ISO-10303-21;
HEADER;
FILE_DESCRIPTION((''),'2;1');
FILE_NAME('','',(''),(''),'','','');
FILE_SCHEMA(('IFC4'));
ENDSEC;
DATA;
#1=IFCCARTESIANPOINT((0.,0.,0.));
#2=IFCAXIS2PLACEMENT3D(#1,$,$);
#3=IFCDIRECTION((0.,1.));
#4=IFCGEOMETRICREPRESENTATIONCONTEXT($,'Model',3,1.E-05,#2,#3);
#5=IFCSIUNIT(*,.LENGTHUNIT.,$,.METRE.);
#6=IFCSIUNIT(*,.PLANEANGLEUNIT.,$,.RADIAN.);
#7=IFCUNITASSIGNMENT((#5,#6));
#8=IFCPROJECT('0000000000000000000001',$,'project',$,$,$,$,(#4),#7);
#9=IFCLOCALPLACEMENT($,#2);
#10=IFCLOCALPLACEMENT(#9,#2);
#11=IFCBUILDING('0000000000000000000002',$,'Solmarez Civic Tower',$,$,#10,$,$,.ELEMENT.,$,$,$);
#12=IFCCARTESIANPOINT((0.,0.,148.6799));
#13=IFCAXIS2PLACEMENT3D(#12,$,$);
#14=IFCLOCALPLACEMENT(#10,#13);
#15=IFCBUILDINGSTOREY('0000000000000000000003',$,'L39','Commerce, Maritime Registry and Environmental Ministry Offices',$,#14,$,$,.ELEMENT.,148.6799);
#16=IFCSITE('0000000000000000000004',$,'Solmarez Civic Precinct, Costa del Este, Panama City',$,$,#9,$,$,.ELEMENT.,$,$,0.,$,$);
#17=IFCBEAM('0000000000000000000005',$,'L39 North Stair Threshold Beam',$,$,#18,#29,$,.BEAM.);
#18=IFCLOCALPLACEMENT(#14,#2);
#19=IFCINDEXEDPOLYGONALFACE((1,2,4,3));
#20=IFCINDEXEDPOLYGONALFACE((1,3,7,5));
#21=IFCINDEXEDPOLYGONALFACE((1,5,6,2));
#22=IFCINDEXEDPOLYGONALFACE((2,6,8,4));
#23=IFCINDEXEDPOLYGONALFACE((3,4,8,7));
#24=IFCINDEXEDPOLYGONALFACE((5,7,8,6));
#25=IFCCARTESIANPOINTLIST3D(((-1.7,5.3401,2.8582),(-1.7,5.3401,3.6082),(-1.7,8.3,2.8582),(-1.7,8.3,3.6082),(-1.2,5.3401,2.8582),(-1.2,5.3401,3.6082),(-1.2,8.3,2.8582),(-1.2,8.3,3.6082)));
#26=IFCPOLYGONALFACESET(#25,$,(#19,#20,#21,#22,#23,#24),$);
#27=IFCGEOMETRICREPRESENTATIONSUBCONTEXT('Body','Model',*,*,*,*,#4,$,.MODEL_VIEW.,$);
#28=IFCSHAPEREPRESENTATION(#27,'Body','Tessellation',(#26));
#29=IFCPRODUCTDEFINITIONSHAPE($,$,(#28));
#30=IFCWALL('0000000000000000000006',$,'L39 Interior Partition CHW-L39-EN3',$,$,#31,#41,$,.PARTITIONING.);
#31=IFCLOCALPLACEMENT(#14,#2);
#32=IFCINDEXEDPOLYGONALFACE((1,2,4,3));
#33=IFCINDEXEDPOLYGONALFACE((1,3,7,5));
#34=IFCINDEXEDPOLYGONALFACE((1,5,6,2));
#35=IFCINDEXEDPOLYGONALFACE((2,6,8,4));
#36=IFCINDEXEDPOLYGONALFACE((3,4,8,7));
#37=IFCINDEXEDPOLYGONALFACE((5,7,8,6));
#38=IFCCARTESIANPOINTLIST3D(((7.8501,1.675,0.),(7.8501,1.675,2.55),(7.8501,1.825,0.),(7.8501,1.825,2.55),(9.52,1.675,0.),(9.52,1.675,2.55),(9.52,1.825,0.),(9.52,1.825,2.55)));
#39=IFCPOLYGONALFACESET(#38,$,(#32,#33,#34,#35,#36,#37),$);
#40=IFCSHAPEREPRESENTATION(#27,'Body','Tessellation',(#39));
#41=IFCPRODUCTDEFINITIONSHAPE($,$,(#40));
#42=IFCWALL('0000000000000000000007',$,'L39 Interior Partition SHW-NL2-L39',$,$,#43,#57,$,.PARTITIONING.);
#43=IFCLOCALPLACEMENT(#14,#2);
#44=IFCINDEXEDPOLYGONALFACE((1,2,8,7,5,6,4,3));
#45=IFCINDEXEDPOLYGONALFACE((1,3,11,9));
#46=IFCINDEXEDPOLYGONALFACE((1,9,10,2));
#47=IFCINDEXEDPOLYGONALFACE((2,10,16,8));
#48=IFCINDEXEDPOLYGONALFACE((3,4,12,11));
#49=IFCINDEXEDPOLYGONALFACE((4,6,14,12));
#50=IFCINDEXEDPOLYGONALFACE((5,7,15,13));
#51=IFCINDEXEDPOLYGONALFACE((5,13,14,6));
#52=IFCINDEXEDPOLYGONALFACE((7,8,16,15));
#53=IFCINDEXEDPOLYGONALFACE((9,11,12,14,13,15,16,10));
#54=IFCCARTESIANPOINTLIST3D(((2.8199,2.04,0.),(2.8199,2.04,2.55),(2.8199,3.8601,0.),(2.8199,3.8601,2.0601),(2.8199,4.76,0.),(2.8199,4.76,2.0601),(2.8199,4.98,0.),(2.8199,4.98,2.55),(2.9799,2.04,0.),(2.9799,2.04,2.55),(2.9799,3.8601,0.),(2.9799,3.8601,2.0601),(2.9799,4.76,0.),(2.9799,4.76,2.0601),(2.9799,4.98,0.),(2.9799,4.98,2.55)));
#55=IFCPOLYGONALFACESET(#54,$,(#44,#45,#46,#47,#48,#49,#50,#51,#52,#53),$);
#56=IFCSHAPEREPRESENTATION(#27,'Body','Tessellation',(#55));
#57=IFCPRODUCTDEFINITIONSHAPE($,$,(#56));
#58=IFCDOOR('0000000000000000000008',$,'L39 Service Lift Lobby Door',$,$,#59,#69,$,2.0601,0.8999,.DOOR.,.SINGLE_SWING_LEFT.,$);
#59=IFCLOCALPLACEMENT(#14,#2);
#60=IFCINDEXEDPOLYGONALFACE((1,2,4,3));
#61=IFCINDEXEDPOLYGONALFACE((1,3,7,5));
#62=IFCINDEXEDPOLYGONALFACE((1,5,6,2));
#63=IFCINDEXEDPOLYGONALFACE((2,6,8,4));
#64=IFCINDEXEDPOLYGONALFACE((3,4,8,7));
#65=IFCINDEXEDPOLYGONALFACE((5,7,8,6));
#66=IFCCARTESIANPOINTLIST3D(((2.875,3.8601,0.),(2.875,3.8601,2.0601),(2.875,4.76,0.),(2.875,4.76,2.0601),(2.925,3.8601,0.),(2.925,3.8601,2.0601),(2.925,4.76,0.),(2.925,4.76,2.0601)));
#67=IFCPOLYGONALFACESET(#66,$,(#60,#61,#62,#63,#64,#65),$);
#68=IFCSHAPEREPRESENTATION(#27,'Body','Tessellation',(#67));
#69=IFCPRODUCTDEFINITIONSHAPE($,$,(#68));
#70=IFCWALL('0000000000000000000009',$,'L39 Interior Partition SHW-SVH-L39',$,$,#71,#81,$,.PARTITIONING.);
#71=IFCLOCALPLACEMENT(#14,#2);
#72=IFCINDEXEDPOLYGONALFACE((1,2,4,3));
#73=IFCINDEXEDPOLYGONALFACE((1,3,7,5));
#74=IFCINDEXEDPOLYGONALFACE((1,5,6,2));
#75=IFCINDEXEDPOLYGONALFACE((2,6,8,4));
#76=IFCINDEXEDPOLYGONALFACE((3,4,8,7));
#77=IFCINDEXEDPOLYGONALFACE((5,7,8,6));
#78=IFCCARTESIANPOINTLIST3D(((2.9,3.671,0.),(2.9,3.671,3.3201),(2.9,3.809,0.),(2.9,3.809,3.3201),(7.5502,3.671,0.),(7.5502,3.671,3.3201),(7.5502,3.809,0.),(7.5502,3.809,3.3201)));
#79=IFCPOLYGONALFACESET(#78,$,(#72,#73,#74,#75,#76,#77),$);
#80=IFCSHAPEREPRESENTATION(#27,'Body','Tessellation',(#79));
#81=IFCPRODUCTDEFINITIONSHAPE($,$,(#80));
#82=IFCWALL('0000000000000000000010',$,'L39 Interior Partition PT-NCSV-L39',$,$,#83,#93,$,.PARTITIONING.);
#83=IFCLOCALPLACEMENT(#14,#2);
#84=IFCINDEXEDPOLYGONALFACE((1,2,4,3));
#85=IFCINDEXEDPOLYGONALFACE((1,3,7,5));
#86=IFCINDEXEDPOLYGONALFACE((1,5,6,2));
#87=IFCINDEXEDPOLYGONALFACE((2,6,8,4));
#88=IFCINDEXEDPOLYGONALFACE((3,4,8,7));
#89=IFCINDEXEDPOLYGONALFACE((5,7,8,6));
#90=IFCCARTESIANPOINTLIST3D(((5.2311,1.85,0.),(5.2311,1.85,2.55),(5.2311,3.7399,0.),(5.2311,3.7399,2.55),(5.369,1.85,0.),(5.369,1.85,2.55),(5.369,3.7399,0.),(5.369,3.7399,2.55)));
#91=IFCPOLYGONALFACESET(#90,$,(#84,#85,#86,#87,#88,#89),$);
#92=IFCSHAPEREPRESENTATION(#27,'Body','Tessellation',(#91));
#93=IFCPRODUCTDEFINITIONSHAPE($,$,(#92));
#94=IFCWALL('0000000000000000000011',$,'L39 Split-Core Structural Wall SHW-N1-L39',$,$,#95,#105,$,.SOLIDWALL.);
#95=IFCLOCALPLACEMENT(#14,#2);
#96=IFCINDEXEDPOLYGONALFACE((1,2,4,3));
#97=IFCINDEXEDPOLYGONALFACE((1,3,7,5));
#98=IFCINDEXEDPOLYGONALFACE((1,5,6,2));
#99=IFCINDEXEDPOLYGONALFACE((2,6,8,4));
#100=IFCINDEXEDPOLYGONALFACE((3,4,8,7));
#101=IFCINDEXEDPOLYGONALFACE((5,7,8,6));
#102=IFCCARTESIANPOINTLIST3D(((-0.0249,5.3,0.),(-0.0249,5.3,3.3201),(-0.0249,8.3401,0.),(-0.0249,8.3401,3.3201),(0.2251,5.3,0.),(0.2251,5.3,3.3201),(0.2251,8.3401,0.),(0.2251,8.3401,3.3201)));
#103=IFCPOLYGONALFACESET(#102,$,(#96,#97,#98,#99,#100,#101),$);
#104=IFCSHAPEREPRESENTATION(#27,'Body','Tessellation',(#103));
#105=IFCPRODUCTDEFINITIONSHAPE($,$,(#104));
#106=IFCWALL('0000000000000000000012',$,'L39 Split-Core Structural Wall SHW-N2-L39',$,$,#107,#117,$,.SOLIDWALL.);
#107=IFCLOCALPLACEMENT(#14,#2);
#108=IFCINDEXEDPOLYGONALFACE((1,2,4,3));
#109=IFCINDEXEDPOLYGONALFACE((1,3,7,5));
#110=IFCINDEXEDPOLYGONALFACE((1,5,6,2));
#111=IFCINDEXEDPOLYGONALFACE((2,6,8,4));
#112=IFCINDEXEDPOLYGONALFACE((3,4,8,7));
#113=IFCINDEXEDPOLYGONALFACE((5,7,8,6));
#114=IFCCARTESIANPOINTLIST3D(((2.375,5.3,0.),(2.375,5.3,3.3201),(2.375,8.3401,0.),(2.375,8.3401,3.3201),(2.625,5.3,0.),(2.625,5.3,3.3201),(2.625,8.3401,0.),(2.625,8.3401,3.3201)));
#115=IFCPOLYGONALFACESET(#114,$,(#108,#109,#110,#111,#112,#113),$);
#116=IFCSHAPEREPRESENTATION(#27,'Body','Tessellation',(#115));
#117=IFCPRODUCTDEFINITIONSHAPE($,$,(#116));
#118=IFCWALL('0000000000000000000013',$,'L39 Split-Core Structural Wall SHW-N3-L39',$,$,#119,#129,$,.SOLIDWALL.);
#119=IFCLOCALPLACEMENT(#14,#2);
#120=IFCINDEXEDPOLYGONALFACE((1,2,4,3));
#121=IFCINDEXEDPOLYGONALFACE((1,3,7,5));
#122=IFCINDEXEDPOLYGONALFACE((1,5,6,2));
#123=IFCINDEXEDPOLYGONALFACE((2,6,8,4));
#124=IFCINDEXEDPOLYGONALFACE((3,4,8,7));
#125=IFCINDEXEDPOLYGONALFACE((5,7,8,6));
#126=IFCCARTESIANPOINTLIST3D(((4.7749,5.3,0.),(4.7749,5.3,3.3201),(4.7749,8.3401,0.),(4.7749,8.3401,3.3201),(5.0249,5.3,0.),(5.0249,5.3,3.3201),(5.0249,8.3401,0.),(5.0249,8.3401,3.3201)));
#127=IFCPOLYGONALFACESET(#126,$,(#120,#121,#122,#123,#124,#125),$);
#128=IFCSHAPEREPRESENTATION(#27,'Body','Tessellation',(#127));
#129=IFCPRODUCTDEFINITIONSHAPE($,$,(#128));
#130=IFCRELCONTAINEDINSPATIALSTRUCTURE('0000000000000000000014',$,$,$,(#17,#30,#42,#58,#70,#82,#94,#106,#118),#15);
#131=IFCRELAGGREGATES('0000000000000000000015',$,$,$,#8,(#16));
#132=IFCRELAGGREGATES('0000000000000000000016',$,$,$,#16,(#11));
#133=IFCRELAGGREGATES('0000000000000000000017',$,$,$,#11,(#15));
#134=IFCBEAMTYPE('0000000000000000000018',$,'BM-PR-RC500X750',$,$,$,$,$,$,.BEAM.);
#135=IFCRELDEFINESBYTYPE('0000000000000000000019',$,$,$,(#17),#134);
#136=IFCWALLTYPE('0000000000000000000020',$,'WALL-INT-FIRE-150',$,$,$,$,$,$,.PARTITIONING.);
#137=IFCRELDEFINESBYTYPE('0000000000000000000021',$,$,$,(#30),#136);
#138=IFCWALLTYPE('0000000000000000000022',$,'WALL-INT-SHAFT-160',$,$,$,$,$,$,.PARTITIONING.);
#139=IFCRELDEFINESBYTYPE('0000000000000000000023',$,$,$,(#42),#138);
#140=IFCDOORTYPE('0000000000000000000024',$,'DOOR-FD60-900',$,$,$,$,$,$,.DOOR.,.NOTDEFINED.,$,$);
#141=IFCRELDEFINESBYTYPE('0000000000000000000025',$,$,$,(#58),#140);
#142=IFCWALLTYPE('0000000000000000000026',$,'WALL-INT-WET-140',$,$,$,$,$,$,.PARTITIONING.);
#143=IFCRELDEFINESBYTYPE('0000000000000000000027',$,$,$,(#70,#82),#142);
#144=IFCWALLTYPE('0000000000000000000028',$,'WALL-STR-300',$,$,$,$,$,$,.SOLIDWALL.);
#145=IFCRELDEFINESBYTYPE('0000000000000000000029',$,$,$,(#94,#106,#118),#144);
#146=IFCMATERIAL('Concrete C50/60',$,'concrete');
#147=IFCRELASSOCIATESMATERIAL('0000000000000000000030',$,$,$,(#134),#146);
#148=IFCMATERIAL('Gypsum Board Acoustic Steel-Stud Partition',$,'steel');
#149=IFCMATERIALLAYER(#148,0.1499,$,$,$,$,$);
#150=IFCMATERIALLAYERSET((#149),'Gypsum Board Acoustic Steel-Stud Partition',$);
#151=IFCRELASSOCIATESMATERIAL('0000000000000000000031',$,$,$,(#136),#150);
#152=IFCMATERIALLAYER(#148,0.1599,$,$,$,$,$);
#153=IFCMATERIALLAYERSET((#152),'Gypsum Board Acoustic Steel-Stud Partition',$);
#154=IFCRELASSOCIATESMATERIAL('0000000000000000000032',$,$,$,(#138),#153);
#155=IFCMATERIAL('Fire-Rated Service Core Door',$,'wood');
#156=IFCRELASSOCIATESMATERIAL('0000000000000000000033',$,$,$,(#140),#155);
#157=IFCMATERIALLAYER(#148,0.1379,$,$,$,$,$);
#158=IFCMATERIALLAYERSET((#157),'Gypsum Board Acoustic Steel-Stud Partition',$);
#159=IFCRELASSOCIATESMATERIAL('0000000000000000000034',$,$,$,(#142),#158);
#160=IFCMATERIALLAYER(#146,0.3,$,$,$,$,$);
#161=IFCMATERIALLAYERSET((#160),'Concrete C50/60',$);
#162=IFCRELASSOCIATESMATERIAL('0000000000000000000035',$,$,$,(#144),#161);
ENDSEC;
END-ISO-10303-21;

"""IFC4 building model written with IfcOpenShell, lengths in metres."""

from ifc_helpers import new_model, si_unit, direction, frame, frame_2d, origin, origin_2d, place, context, subcontext, project, spatial, rectangle, extrude, material, layer, layer_set, material_profile, profile_set, type_object, element, fill, save


model = new_model("IFC4")

# Units and contexts
model_context = context("Model", 3, precision=1e-05, world=origin(), true_north=direction((0.0, 1.0)))
body_context = subcontext(model_context, "Body", "Model", "MODEL_VIEW")
ifc_project = project(units=[si_unit("LENGTHUNIT", "METRE"), si_unit("PLANEANGLEUNIT", "RADIAN")], contexts=[model_context])

# Site, building, storey
site_placement = place(None, origin())
site = spatial("IfcSite", under=ifc_project, at=site_placement, Name="Solmarez Civic Precinct, Costa del Este, Panama City", CompositionType="ELEMENT", RefElevation=0.0)
building_placement = place(site_placement, origin())
building = spatial("IfcBuilding", under=site, at=building_placement, Name="Solmarez Civic Tower", CompositionType="ELEMENT")
storey_placement = place(building_placement, frame((0.0, 0.0, 148.6799)))
storey = spatial("IfcBuildingStorey", under=building, at=storey_placement, Name="L39", Description="Commerce, Maritime Registry and Environmental Ministry Offices", CompositionType="ELEMENT", Elevation=148.6799)

# Beam
ifc_material_1 = material(Name="Concrete C50/60", Category="concrete")
ifc_material_profile = material_profile(ifc_material_1, rectangle(XDim=0.5, YDim=0.75, at=origin_2d()), Name="RC500X750")
ifc_profile_set = profile_set([ifc_material_profile], Name="Concrete C50/60")
beam_type = type_object("IfcBeamType", Name="BM-PR-RC500X750", PredefinedType="BEAM", material=ifc_profile_set)
beam_placement = place(storey_placement, frame((-1.45, 5.3401, 3.2332), z_axis=(0.0, 1.0, 0.0), x_axis=(-1.0, 0.0, 0.0)))
element("IfcBeam", 1, at=beam_placement, inside=storey, type_object=beam_type, Name="L39 North Stair Threshold Beam", PredefinedType="BEAM", context=body_context, shape_type="SweptSolid", body=[
    extrude(rectangle(XDim=0.5, YDim=0.75, at=origin_2d()), origin(), (0.0, 0.0, 1.0), 2.96),
])

# Wall
ifc_material_2 = material(Name="Gypsum Board Acoustic Steel-Stud Partition", Category="steel")
ifc_layer_1 = layer(ifc_material_2, 0.1499)
ifc_layer_set_1 = layer_set([ifc_layer_1], Name="Gypsum Board Acoustic Steel-Stud Partition")
wall_type_1 = type_object("IfcWallType", Name="WALL-INT-FIRE-150", PredefinedType="PARTITIONING", material=ifc_layer_set_1)
wall_1_placement = place(storey_placement, frame((7.8501, 1.75, 0.0), z_axis=(0.0, 0.0, 1.0), x_axis=(1.0, 0.0, 0.0)))
element("IfcWall", 2, at=wall_1_placement, inside=storey, type_object=wall_type_1, Name="L39 Interior Partition CHW-L39-EN3", PredefinedType="PARTITIONING", context=body_context, shape_type="SweptSolid", body=[
    extrude(rectangle(XDim=1.6699, YDim=0.1499, at=frame_2d((0.835, 0.0))), origin(), (0.0, 0.0, 1.0), 2.55),
])

# Wall, opening, door
ifc_layer_2 = layer(ifc_material_2, 0.1599)
ifc_layer_set_2 = layer_set([ifc_layer_2], Name="Gypsum Board Acoustic Steel-Stud Partition")
wall_type_2 = type_object("IfcWallType", Name="WALL-INT-SHAFT-160", PredefinedType="PARTITIONING", material=ifc_layer_set_2)
wall_2_placement = place(storey_placement, frame((2.8999, 2.04, 0.0), z_axis=(0.0, 0.0, 1.0), x_axis=(0.0, 1.0, 0.0)))
wall_2 = element("IfcWall", 3, at=wall_2_placement, inside=storey, type_object=wall_type_2, Name="L39 Interior Partition SHW-NL2-L39", PredefinedType="PARTITIONING", context=body_context, shape_type="SweptSolid", body=[
    extrude(rectangle(XDim=2.9399, YDim=0.1599, at=frame_2d((1.47, 0.0))), origin(), (0.0, 0.0, 1.0), 2.55),
])
opening_1_placement = place(wall_2_placement, frame((1.8201, 0.0, 0.0)))
opening_1 = element("IfcOpeningElement", 4, at=opening_1_placement, cuts=wall_2, PredefinedType="OPENING", context=body_context, shape_type="SweptSolid", body=[
    extrude(rectangle(XDim=0.8999, YDim=2.0601, at=frame_2d((0.45, 1.03))), frame((0.0, 0.0898, 0.0), z_axis=(0.0, -1.0, 0.0), x_axis=(1.0, 0.0, 0.0)), (0.0, 0.0, 1.0), 0.1799),
])
ifc_material_3 = material(Name="Fire-Rated Service Core Door", Category="wood")
door_type_1 = type_object("IfcDoorType", Name="DOOR-FD60-900", OperationType="NOTDEFINED", PredefinedType="DOOR", material=ifc_material_3)
door_1_placement = place(opening_1_placement, origin())
door_1 = element("IfcDoor", 5, at=door_1_placement, inside=storey, type_object=door_type_1, Name="L39 Service Lift Lobby Door", OperationType="SINGLE_SWING_LEFT", OverallHeight=2.0601, OverallWidth=0.8999, PredefinedType="DOOR", context=body_context, shape_type="SweptSolid", body=[
    extrude(rectangle(XDim=0.8999, YDim=2.0601, at=frame_2d((0.45, 1.03))), frame((0.0, 0.0249, 0.0), z_axis=(0.0, -1.0, 0.0), x_axis=(1.0, 0.0, 0.0)), (0.0, 0.0, 1.0), 0.05),
])
fill(opening_1, door_1)

# Walls
ifc_layer_3 = layer(ifc_material_2, 0.1379)
ifc_layer_set_3 = layer_set([ifc_layer_3], Name="Gypsum Board Acoustic Steel-Stud Partition")
wall_type_3 = type_object("IfcWallType", Name="WALL-INT-WET-140", PredefinedType="PARTITIONING", material=ifc_layer_set_3)
wall_3_placement = place(storey_placement, frame((2.8999, 3.74, 0.0), z_axis=(0.0, 0.0, 1.0), x_axis=(1.0, 0.0, 0.0)))
element("IfcWall", 6, at=wall_3_placement, inside=storey, type_object=wall_type_3, Name="L39 Interior Partition SHW-SVH-L39", PredefinedType="PARTITIONING", context=body_context, shape_type="SweptSolid", body=[
    extrude(rectangle(XDim=4.6501, YDim=0.1379, at=frame_2d((2.3252, 0.0))), origin(), (0.0, 0.0, 1.0), 3.3201),
])
wall_4_placement = place(storey_placement, frame((5.3, 1.8501, 0.0), z_axis=(0.0, 0.0, 1.0), x_axis=(0.0, 1.0, 0.0)))
element("IfcWall", 7, at=wall_4_placement, inside=storey, type_object=wall_type_3, Name="L39 Interior Partition PT-NCSV-L39", PredefinedType="PARTITIONING", context=body_context, shape_type="SweptSolid", body=[
    extrude(rectangle(XDim=1.8899, YDim=0.1379, at=frame_2d((0.9448, 0.0))), origin(), (0.0, 0.0, 1.0), 2.55),
])

# Shared definitions
ifc_layer_4 = layer(ifc_material_1, 0.3)
ifc_layer_set_4 = layer_set([ifc_layer_4], Name="Concrete C50/60")
wall_type_4 = type_object("IfcWallType", Name="WALL-STR-300", PredefinedType="SOLIDWALL", material=ifc_layer_set_4)

# Walls
for number, where, z_axis, x_axis, name in (
    (8, (0.1001, 5.3, 0.0), (0.0, 0.0, 1.0), (0.0, 1.0, 0.0), "L39 Split-Core Structural Wall SHW-N1-L39"),
    (9, (2.5, 5.3, 0.0), (0.0, 0.0, 1.0), (0.0, 1.0, 0.0), "L39 Split-Core Structural Wall SHW-N2-L39"),
    (10, (4.8999, 5.3, 0.0), (0.0, 0.0, 1.0), (0.0, 1.0, 0.0), "L39 Split-Core Structural Wall SHW-N3-L39"),
):
    element("IfcWall", number, at=place(storey_placement, frame(where, z_axis=z_axis, x_axis=x_axis)), inside=storey, type_object=wall_type_4, Name=name, PredefinedType="SOLIDWALL", context=body_context, shape_type="SweptSolid", body=[
        extrude(rectangle(XDim=3.04, YDim=0.25, at=frame_2d((1.52, 0.0))), origin(), (0.0, 0.0, 1.0), 3.3201),
    ])

save(model, "model.ifc")
